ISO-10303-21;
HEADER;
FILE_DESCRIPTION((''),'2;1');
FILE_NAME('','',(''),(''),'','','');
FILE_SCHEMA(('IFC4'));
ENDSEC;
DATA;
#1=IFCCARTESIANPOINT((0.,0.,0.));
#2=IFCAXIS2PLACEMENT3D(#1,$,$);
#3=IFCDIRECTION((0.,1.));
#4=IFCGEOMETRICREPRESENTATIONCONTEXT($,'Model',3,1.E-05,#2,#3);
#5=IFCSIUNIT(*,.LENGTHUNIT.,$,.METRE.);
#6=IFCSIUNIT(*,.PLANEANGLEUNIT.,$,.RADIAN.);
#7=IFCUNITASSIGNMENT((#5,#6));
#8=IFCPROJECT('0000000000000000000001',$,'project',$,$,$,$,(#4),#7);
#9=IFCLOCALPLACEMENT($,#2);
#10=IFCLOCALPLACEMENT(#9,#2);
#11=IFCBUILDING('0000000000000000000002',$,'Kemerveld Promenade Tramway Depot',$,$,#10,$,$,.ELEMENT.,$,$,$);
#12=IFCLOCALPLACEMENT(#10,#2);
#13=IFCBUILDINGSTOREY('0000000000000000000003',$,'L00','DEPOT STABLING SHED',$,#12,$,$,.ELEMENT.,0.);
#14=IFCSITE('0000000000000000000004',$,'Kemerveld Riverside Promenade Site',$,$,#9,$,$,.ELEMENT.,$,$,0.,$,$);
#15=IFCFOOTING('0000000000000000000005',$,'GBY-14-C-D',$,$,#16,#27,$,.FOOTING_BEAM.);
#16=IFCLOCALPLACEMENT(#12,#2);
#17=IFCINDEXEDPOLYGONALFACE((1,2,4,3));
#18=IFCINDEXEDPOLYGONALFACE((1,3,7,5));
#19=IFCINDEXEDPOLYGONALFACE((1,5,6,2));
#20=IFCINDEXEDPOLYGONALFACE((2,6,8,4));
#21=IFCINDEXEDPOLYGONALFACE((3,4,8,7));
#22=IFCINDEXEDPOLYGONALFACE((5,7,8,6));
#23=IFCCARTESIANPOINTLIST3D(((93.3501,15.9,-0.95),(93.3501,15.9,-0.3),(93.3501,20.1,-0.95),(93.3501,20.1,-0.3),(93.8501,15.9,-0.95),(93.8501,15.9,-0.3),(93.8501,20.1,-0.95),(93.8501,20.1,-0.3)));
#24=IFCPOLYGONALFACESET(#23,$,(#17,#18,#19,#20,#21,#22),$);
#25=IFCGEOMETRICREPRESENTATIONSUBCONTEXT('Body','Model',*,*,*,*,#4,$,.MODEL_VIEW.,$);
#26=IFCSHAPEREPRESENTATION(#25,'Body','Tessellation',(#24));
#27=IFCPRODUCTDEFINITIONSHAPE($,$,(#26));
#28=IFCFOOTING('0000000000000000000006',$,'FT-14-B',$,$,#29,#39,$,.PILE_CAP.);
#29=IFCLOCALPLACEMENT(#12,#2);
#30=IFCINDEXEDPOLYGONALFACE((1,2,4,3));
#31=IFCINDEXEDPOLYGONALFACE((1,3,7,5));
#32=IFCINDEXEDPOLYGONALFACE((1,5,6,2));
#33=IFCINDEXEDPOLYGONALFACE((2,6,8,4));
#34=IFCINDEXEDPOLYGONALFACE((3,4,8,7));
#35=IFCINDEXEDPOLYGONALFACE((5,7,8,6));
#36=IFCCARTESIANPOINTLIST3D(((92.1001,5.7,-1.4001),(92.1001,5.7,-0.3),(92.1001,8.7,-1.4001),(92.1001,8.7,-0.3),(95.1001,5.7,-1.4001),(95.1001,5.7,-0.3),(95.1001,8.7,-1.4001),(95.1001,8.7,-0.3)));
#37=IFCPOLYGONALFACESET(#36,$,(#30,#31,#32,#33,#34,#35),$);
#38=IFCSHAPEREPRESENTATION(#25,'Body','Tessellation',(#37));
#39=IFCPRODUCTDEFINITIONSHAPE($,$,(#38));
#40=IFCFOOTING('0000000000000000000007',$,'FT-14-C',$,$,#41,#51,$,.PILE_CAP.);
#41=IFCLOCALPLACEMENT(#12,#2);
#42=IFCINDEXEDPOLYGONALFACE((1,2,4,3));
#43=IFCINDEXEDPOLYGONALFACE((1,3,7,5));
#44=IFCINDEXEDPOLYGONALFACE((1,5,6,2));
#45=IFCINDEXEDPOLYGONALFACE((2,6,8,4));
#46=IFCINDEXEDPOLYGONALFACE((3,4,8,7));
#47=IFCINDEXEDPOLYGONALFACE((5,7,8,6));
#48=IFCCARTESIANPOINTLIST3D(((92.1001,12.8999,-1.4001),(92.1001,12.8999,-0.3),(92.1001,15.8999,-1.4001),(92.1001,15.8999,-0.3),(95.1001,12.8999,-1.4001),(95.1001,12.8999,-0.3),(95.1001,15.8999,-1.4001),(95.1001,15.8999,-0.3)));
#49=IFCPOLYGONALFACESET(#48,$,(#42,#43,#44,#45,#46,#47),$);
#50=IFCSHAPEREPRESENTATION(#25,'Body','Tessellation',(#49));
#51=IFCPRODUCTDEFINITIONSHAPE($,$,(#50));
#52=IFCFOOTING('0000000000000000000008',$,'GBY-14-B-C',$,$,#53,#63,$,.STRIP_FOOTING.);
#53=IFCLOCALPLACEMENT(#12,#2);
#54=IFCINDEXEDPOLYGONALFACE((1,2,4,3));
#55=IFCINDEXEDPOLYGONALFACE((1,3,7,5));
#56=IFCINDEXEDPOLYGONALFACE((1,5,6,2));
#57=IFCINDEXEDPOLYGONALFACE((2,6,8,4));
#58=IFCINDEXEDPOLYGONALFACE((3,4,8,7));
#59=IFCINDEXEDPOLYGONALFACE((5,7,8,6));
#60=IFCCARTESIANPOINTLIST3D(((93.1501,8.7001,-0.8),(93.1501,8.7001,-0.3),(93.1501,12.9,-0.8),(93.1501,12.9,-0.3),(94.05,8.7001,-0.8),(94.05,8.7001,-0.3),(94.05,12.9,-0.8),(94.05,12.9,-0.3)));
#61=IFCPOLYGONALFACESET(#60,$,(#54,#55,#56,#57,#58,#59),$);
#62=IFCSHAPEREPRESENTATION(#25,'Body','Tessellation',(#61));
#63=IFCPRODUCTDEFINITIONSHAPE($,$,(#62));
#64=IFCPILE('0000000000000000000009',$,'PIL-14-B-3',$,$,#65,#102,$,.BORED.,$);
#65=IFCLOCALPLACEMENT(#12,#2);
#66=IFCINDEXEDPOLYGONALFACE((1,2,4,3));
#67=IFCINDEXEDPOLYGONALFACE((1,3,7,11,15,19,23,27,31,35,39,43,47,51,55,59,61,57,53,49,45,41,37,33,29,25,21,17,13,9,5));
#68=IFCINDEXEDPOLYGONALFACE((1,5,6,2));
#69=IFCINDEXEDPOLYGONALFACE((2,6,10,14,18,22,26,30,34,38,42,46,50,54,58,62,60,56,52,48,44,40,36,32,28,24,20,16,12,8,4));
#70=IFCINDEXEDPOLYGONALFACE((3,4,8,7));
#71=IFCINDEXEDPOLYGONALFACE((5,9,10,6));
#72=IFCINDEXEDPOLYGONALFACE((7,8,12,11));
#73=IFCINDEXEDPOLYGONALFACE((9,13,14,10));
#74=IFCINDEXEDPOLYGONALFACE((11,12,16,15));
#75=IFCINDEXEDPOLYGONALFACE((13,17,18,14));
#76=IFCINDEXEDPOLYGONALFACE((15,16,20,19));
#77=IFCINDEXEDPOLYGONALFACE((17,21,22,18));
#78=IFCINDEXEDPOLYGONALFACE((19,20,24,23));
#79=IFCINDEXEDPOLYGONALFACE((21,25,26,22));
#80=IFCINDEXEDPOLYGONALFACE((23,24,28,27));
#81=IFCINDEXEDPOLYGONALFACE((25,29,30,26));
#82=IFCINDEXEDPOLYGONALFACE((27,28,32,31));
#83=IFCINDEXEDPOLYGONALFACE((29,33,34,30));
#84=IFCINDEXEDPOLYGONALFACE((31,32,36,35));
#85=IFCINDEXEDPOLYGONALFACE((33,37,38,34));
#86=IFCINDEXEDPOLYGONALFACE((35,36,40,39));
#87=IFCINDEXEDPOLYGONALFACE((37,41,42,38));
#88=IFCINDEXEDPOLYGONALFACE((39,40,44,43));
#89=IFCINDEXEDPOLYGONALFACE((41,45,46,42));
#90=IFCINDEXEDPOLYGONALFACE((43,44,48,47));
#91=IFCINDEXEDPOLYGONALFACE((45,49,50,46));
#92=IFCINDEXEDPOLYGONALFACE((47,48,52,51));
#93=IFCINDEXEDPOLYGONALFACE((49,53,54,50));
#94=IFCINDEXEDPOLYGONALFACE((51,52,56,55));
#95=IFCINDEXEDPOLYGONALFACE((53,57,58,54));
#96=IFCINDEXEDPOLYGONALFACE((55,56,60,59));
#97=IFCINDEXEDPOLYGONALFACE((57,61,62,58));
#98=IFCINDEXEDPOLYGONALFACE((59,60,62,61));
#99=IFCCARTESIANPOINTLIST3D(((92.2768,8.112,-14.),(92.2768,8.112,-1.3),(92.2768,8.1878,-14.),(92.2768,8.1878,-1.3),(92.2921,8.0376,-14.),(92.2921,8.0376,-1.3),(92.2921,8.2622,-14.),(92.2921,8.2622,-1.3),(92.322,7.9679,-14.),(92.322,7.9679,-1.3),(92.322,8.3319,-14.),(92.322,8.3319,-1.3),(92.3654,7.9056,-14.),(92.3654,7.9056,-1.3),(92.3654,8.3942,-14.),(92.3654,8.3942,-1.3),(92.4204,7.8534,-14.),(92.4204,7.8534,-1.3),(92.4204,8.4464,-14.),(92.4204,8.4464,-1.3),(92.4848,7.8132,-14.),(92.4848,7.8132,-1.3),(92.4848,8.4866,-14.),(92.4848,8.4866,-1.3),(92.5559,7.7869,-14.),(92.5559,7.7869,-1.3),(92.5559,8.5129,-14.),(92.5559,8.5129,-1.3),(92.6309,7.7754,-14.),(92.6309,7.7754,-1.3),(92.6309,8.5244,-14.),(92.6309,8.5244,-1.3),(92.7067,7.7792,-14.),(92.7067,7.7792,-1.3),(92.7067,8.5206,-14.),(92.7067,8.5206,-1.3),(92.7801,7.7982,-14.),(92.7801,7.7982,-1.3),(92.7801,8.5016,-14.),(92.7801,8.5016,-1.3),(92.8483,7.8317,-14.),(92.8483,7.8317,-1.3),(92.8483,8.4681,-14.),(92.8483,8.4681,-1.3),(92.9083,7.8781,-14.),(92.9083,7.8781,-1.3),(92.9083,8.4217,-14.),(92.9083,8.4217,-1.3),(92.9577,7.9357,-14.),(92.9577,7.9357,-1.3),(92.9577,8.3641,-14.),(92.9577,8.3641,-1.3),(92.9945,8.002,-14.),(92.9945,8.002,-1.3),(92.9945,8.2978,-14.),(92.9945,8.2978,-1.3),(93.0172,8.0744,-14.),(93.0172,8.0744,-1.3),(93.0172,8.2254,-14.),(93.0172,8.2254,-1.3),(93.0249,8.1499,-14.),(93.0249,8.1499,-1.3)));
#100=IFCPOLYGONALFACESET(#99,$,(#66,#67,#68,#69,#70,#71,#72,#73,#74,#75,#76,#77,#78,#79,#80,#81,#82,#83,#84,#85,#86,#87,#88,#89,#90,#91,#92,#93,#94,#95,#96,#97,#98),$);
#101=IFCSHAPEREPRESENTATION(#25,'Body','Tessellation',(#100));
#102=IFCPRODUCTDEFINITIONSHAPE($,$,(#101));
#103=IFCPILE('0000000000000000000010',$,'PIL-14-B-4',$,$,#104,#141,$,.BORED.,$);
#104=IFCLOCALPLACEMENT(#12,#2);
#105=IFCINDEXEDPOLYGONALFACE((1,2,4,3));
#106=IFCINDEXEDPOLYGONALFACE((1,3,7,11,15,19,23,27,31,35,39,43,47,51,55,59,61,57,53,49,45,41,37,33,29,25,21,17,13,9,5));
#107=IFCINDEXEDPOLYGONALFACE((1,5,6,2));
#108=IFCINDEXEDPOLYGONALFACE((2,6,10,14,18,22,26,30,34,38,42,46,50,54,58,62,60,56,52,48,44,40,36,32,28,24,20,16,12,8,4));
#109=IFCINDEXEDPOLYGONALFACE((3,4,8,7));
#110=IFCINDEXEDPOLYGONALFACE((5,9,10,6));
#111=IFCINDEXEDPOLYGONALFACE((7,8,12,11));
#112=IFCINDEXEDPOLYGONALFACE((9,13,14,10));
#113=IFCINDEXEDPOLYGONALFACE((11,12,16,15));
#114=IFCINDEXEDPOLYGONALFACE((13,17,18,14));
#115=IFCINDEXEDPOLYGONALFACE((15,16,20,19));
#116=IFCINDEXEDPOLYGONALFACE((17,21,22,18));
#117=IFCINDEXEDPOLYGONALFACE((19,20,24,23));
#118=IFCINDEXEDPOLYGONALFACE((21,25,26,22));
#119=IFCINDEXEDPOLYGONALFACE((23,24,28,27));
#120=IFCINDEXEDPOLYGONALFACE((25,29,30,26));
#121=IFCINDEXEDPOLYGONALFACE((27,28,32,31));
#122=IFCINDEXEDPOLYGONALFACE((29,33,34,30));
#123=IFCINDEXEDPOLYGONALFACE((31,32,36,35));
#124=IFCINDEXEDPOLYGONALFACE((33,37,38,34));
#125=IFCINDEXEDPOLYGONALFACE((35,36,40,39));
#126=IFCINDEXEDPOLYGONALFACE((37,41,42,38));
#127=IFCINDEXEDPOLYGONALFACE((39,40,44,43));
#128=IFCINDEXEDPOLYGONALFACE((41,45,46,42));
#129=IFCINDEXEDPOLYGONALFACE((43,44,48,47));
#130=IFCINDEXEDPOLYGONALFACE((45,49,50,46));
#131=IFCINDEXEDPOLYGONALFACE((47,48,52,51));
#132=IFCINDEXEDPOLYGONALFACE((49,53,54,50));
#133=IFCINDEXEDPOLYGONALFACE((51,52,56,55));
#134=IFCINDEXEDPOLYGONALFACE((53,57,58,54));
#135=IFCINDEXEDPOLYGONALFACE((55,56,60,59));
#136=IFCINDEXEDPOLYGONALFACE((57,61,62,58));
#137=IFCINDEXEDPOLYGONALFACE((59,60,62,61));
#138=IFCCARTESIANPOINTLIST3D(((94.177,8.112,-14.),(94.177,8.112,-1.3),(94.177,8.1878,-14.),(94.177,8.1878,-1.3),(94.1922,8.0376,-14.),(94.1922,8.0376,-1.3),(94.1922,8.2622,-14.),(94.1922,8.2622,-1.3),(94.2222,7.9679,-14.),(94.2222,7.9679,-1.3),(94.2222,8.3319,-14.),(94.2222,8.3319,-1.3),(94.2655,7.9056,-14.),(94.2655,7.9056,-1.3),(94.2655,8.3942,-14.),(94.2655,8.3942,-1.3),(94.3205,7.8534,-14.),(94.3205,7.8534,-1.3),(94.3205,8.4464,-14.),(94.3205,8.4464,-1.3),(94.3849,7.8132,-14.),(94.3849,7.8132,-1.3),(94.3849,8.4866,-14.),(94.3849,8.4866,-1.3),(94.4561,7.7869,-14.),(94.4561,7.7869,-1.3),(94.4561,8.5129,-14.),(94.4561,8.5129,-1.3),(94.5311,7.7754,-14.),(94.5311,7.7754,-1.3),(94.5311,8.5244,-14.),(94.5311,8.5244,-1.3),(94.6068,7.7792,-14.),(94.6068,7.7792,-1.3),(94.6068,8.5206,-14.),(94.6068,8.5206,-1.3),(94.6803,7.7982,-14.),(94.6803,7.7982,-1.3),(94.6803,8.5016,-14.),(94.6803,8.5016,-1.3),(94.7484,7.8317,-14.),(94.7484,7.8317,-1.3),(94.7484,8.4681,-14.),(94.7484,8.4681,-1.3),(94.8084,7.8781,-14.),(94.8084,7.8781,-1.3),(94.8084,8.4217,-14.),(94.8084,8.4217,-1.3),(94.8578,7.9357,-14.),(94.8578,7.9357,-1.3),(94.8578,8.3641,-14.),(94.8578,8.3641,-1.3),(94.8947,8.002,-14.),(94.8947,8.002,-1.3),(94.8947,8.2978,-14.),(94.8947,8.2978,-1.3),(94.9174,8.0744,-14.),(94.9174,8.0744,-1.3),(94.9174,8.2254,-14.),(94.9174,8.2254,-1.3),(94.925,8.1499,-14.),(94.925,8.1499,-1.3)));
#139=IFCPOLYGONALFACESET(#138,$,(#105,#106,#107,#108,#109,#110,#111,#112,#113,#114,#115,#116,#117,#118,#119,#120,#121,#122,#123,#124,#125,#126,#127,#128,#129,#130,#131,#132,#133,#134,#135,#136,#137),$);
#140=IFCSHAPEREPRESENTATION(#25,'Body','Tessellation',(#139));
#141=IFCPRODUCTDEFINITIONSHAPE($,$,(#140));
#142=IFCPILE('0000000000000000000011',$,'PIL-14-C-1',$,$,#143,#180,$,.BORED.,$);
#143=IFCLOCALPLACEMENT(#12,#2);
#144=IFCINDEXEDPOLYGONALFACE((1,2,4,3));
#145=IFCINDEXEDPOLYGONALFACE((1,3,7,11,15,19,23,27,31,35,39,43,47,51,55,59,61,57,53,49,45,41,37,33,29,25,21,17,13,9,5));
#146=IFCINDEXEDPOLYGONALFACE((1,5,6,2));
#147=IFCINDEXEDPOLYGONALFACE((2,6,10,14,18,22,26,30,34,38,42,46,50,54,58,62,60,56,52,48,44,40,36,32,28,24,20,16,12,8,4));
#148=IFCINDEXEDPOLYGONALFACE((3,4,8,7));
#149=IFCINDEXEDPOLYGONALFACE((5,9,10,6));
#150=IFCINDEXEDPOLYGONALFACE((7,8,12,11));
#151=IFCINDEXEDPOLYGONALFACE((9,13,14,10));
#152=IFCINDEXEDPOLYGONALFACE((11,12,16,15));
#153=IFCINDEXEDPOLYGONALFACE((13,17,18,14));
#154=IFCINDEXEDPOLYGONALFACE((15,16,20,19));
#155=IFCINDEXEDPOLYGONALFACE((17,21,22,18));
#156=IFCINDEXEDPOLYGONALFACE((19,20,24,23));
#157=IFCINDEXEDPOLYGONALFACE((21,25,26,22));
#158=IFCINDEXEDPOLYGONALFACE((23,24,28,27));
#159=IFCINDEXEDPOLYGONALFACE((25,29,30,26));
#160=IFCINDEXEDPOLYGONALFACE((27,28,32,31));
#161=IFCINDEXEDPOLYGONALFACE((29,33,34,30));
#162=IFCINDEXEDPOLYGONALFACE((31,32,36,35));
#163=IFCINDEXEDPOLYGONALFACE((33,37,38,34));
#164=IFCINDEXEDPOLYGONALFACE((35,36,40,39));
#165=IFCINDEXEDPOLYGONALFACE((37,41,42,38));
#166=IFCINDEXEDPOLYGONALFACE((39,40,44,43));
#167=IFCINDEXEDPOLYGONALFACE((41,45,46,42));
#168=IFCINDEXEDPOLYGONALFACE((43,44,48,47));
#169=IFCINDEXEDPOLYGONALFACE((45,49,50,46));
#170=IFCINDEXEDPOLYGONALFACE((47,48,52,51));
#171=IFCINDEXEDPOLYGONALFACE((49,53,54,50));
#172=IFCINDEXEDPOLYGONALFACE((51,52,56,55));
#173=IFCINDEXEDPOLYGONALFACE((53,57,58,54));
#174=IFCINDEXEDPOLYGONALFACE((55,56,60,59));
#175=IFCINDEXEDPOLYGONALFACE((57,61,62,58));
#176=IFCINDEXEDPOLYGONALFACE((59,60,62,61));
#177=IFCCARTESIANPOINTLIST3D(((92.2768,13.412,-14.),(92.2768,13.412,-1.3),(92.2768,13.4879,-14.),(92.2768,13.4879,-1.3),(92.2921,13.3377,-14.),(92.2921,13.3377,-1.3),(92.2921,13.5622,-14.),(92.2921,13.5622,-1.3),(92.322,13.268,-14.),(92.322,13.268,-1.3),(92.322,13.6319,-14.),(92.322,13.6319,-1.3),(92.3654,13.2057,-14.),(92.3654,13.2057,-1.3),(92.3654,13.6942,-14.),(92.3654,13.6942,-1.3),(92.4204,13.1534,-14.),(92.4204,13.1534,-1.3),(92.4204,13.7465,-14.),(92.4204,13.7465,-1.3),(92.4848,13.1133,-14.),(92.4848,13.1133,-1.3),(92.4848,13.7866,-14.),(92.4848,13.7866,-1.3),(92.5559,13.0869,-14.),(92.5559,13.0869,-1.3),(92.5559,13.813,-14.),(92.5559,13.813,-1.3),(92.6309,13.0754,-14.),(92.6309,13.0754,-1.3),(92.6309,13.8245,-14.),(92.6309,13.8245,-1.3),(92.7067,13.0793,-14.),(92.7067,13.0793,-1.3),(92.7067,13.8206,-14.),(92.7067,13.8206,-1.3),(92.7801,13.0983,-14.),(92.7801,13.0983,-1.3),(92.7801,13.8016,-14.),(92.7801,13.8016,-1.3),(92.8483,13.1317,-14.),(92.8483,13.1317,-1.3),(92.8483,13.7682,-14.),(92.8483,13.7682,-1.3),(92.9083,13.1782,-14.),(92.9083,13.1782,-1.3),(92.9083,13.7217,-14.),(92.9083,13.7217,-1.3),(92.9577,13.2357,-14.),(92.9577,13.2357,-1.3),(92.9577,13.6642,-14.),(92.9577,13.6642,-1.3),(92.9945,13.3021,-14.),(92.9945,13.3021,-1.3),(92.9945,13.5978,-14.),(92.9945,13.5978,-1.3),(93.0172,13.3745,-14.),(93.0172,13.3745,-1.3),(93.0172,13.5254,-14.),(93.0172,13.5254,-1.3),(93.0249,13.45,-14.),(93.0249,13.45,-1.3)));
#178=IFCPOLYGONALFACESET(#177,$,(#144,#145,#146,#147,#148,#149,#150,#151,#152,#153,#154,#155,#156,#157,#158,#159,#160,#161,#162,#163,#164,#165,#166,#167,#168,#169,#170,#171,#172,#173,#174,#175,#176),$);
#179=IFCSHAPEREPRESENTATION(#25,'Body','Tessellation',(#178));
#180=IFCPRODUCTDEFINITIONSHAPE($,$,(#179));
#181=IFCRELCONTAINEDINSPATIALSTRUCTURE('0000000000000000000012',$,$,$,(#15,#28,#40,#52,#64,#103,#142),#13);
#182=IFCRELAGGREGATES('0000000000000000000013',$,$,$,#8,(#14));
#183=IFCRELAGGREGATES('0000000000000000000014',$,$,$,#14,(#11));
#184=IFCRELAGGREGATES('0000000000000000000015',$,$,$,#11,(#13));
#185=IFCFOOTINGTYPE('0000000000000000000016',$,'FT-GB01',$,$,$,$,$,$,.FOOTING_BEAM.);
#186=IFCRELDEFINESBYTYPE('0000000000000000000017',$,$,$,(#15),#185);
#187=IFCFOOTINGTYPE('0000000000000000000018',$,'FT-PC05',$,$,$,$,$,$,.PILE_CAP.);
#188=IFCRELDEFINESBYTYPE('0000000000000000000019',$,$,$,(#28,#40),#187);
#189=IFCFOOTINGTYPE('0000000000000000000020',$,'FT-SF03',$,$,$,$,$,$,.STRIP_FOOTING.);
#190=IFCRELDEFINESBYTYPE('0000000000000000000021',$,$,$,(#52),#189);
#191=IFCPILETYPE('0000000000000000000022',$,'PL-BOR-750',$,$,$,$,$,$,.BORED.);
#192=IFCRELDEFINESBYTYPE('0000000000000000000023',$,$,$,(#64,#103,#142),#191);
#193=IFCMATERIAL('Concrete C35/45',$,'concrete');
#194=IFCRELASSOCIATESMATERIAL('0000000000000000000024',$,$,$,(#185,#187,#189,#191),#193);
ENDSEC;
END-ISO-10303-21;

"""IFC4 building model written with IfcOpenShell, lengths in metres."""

from ifc_helpers import new_model, si_unit, direction, frame, origin, origin_2d, place, context, subcontext, project, spatial, rectangle, circle, extrude, material, material_profile, profile_set, type_object, element, save


model = new_model("IFC4")

# Units and contexts
model_context = context("Model", 3, precision=1e-05, world=origin(), true_north=direction((0.0, 1.0)))
body_context = subcontext(model_context, "Body", "Model", "MODEL_VIEW")
ifc_project = project(units=[si_unit("LENGTHUNIT", "METRE"), si_unit("PLANEANGLEUNIT", "RADIAN")], contexts=[model_context])

# Site, building, storey
site_placement = place(None, origin())
site = spatial("IfcSite", under=ifc_project, at=site_placement, Name="Kemerveld Riverside Promenade Site", CompositionType="ELEMENT", RefElevation=0.0)
building_placement = place(site_placement, origin())
building = spatial("IfcBuilding", under=site, at=building_placement, Name="Kemerveld Promenade Tramway Depot", CompositionType="ELEMENT")
storey_placement = place(building_placement, origin())
storey = spatial("IfcBuildingStorey", under=building, at=storey_placement, Name="L00", Description="DEPOT STABLING SHED", CompositionType="ELEMENT", Elevation=0.0)

# Footings
ifc_material_1 = material(Name="Concrete C35/45", Category="concrete")
footing_type_1 = type_object("IfcFootingType", Name="FT-GB01", PredefinedType="FOOTING_BEAM", material=ifc_material_1)
footing_1_placement = place(storey_placement, frame((93.6001, 18.0, -0.95), z_axis=(0.0, 0.0, 1.0), x_axis=(0.0, 1.0, 0.0)))
element("IfcFooting", 1, at=footing_1_placement, inside=storey, type_object=footing_type_1, Name="GBY-14-C-D", PredefinedType="FOOTING_BEAM", context=body_context, shape_type="SweptSolid", body=[
    extrude(rectangle(XDim=4.2, YDim=0.5, at=origin_2d()), origin(), (0.0, 0.0, 1.0), 0.6499),
])
footing_type_2 = type_object("IfcFootingType", Name="FT-PC05", PredefinedType="PILE_CAP", material=ifc_material_1)
for number, where, z_axis, x_axis, name in (
    (2, (93.6001, 7.2, -1.4001), (0.0, 0.0, 1.0), (1.0, 0.0, 0.0), "FT-14-B"),
    (3, (93.6001, 14.3999, -1.4001), (0.0, 0.0, 1.0), (1.0, 0.0, 0.0), "FT-14-C"),
):
    element("IfcFooting", number, at=place(storey_placement, frame(where, z_axis=z_axis, x_axis=x_axis)), inside=storey, type_object=footing_type_2, Name=name, PredefinedType="PILE_CAP", context=body_context, shape_type="SweptSolid", body=[
        extrude(rectangle(XDim=3.0, YDim=3.0, at=origin_2d()), origin(), (0.0, 0.0, 1.0), 1.1001),
    ])
footing_type_3 = type_object("IfcFootingType", Name="FT-SF03", PredefinedType="STRIP_FOOTING", material=ifc_material_1)
footing_2_placement = place(storey_placement, frame((93.6001, 10.8, -0.8), z_axis=(0.0, 0.0, 1.0), x_axis=(0.0, 1.0, 0.0)))
element("IfcFooting", 4, at=footing_2_placement, inside=storey, type_object=footing_type_3, Name="GBY-14-B-C", PredefinedType="STRIP_FOOTING", context=body_context, shape_type="SweptSolid", body=[
    extrude(rectangle(XDim=4.2, YDim=0.8999, at=origin_2d()), origin(), (0.0, 0.0, 1.0), 0.5),
])

# Piles
ifc_material_profile_1 = material_profile(ifc_material_1, circle(Radius=0.375, at=origin_2d()), Name="PILE-D750")
ifc_profile_set_1 = profile_set([ifc_material_profile_1], Name="Concrete C35/45")
pile_type = type_object("IfcPileType", Name="PL-BOR-750", PredefinedType="BORED", material=ifc_profile_set_1)
for number, where, z_axis, x_axis, name in (
    (5, (92.6499, 8.1499, -1.3), (0.0, 0.0, -1.0), (1.0, 0.0, 0.0), "PIL-14-B-3"),
    (6, (94.55, 8.1499, -1.3), (0.0, 0.0, -1.0), (1.0, 0.0, 0.0), "PIL-14-B-4"),
    (7, (92.6499, 13.45, -1.3), (0.0, 0.0, -1.0), (1.0, 0.0, 0.0), "PIL-14-C-1"),
):
    element("IfcPile", number, at=place(storey_placement, frame(where, z_axis=z_axis, x_axis=x_axis)), inside=storey, type_object=pile_type, Name=name, PredefinedType="BORED", context=body_context, shape_type="SweptSolid", body=[
        extrude(circle(Radius=0.375, at=origin_2d()), origin(), (0.0, 0.0, 1.0), 12.7),
    ])

save(model, "model.ifc")
